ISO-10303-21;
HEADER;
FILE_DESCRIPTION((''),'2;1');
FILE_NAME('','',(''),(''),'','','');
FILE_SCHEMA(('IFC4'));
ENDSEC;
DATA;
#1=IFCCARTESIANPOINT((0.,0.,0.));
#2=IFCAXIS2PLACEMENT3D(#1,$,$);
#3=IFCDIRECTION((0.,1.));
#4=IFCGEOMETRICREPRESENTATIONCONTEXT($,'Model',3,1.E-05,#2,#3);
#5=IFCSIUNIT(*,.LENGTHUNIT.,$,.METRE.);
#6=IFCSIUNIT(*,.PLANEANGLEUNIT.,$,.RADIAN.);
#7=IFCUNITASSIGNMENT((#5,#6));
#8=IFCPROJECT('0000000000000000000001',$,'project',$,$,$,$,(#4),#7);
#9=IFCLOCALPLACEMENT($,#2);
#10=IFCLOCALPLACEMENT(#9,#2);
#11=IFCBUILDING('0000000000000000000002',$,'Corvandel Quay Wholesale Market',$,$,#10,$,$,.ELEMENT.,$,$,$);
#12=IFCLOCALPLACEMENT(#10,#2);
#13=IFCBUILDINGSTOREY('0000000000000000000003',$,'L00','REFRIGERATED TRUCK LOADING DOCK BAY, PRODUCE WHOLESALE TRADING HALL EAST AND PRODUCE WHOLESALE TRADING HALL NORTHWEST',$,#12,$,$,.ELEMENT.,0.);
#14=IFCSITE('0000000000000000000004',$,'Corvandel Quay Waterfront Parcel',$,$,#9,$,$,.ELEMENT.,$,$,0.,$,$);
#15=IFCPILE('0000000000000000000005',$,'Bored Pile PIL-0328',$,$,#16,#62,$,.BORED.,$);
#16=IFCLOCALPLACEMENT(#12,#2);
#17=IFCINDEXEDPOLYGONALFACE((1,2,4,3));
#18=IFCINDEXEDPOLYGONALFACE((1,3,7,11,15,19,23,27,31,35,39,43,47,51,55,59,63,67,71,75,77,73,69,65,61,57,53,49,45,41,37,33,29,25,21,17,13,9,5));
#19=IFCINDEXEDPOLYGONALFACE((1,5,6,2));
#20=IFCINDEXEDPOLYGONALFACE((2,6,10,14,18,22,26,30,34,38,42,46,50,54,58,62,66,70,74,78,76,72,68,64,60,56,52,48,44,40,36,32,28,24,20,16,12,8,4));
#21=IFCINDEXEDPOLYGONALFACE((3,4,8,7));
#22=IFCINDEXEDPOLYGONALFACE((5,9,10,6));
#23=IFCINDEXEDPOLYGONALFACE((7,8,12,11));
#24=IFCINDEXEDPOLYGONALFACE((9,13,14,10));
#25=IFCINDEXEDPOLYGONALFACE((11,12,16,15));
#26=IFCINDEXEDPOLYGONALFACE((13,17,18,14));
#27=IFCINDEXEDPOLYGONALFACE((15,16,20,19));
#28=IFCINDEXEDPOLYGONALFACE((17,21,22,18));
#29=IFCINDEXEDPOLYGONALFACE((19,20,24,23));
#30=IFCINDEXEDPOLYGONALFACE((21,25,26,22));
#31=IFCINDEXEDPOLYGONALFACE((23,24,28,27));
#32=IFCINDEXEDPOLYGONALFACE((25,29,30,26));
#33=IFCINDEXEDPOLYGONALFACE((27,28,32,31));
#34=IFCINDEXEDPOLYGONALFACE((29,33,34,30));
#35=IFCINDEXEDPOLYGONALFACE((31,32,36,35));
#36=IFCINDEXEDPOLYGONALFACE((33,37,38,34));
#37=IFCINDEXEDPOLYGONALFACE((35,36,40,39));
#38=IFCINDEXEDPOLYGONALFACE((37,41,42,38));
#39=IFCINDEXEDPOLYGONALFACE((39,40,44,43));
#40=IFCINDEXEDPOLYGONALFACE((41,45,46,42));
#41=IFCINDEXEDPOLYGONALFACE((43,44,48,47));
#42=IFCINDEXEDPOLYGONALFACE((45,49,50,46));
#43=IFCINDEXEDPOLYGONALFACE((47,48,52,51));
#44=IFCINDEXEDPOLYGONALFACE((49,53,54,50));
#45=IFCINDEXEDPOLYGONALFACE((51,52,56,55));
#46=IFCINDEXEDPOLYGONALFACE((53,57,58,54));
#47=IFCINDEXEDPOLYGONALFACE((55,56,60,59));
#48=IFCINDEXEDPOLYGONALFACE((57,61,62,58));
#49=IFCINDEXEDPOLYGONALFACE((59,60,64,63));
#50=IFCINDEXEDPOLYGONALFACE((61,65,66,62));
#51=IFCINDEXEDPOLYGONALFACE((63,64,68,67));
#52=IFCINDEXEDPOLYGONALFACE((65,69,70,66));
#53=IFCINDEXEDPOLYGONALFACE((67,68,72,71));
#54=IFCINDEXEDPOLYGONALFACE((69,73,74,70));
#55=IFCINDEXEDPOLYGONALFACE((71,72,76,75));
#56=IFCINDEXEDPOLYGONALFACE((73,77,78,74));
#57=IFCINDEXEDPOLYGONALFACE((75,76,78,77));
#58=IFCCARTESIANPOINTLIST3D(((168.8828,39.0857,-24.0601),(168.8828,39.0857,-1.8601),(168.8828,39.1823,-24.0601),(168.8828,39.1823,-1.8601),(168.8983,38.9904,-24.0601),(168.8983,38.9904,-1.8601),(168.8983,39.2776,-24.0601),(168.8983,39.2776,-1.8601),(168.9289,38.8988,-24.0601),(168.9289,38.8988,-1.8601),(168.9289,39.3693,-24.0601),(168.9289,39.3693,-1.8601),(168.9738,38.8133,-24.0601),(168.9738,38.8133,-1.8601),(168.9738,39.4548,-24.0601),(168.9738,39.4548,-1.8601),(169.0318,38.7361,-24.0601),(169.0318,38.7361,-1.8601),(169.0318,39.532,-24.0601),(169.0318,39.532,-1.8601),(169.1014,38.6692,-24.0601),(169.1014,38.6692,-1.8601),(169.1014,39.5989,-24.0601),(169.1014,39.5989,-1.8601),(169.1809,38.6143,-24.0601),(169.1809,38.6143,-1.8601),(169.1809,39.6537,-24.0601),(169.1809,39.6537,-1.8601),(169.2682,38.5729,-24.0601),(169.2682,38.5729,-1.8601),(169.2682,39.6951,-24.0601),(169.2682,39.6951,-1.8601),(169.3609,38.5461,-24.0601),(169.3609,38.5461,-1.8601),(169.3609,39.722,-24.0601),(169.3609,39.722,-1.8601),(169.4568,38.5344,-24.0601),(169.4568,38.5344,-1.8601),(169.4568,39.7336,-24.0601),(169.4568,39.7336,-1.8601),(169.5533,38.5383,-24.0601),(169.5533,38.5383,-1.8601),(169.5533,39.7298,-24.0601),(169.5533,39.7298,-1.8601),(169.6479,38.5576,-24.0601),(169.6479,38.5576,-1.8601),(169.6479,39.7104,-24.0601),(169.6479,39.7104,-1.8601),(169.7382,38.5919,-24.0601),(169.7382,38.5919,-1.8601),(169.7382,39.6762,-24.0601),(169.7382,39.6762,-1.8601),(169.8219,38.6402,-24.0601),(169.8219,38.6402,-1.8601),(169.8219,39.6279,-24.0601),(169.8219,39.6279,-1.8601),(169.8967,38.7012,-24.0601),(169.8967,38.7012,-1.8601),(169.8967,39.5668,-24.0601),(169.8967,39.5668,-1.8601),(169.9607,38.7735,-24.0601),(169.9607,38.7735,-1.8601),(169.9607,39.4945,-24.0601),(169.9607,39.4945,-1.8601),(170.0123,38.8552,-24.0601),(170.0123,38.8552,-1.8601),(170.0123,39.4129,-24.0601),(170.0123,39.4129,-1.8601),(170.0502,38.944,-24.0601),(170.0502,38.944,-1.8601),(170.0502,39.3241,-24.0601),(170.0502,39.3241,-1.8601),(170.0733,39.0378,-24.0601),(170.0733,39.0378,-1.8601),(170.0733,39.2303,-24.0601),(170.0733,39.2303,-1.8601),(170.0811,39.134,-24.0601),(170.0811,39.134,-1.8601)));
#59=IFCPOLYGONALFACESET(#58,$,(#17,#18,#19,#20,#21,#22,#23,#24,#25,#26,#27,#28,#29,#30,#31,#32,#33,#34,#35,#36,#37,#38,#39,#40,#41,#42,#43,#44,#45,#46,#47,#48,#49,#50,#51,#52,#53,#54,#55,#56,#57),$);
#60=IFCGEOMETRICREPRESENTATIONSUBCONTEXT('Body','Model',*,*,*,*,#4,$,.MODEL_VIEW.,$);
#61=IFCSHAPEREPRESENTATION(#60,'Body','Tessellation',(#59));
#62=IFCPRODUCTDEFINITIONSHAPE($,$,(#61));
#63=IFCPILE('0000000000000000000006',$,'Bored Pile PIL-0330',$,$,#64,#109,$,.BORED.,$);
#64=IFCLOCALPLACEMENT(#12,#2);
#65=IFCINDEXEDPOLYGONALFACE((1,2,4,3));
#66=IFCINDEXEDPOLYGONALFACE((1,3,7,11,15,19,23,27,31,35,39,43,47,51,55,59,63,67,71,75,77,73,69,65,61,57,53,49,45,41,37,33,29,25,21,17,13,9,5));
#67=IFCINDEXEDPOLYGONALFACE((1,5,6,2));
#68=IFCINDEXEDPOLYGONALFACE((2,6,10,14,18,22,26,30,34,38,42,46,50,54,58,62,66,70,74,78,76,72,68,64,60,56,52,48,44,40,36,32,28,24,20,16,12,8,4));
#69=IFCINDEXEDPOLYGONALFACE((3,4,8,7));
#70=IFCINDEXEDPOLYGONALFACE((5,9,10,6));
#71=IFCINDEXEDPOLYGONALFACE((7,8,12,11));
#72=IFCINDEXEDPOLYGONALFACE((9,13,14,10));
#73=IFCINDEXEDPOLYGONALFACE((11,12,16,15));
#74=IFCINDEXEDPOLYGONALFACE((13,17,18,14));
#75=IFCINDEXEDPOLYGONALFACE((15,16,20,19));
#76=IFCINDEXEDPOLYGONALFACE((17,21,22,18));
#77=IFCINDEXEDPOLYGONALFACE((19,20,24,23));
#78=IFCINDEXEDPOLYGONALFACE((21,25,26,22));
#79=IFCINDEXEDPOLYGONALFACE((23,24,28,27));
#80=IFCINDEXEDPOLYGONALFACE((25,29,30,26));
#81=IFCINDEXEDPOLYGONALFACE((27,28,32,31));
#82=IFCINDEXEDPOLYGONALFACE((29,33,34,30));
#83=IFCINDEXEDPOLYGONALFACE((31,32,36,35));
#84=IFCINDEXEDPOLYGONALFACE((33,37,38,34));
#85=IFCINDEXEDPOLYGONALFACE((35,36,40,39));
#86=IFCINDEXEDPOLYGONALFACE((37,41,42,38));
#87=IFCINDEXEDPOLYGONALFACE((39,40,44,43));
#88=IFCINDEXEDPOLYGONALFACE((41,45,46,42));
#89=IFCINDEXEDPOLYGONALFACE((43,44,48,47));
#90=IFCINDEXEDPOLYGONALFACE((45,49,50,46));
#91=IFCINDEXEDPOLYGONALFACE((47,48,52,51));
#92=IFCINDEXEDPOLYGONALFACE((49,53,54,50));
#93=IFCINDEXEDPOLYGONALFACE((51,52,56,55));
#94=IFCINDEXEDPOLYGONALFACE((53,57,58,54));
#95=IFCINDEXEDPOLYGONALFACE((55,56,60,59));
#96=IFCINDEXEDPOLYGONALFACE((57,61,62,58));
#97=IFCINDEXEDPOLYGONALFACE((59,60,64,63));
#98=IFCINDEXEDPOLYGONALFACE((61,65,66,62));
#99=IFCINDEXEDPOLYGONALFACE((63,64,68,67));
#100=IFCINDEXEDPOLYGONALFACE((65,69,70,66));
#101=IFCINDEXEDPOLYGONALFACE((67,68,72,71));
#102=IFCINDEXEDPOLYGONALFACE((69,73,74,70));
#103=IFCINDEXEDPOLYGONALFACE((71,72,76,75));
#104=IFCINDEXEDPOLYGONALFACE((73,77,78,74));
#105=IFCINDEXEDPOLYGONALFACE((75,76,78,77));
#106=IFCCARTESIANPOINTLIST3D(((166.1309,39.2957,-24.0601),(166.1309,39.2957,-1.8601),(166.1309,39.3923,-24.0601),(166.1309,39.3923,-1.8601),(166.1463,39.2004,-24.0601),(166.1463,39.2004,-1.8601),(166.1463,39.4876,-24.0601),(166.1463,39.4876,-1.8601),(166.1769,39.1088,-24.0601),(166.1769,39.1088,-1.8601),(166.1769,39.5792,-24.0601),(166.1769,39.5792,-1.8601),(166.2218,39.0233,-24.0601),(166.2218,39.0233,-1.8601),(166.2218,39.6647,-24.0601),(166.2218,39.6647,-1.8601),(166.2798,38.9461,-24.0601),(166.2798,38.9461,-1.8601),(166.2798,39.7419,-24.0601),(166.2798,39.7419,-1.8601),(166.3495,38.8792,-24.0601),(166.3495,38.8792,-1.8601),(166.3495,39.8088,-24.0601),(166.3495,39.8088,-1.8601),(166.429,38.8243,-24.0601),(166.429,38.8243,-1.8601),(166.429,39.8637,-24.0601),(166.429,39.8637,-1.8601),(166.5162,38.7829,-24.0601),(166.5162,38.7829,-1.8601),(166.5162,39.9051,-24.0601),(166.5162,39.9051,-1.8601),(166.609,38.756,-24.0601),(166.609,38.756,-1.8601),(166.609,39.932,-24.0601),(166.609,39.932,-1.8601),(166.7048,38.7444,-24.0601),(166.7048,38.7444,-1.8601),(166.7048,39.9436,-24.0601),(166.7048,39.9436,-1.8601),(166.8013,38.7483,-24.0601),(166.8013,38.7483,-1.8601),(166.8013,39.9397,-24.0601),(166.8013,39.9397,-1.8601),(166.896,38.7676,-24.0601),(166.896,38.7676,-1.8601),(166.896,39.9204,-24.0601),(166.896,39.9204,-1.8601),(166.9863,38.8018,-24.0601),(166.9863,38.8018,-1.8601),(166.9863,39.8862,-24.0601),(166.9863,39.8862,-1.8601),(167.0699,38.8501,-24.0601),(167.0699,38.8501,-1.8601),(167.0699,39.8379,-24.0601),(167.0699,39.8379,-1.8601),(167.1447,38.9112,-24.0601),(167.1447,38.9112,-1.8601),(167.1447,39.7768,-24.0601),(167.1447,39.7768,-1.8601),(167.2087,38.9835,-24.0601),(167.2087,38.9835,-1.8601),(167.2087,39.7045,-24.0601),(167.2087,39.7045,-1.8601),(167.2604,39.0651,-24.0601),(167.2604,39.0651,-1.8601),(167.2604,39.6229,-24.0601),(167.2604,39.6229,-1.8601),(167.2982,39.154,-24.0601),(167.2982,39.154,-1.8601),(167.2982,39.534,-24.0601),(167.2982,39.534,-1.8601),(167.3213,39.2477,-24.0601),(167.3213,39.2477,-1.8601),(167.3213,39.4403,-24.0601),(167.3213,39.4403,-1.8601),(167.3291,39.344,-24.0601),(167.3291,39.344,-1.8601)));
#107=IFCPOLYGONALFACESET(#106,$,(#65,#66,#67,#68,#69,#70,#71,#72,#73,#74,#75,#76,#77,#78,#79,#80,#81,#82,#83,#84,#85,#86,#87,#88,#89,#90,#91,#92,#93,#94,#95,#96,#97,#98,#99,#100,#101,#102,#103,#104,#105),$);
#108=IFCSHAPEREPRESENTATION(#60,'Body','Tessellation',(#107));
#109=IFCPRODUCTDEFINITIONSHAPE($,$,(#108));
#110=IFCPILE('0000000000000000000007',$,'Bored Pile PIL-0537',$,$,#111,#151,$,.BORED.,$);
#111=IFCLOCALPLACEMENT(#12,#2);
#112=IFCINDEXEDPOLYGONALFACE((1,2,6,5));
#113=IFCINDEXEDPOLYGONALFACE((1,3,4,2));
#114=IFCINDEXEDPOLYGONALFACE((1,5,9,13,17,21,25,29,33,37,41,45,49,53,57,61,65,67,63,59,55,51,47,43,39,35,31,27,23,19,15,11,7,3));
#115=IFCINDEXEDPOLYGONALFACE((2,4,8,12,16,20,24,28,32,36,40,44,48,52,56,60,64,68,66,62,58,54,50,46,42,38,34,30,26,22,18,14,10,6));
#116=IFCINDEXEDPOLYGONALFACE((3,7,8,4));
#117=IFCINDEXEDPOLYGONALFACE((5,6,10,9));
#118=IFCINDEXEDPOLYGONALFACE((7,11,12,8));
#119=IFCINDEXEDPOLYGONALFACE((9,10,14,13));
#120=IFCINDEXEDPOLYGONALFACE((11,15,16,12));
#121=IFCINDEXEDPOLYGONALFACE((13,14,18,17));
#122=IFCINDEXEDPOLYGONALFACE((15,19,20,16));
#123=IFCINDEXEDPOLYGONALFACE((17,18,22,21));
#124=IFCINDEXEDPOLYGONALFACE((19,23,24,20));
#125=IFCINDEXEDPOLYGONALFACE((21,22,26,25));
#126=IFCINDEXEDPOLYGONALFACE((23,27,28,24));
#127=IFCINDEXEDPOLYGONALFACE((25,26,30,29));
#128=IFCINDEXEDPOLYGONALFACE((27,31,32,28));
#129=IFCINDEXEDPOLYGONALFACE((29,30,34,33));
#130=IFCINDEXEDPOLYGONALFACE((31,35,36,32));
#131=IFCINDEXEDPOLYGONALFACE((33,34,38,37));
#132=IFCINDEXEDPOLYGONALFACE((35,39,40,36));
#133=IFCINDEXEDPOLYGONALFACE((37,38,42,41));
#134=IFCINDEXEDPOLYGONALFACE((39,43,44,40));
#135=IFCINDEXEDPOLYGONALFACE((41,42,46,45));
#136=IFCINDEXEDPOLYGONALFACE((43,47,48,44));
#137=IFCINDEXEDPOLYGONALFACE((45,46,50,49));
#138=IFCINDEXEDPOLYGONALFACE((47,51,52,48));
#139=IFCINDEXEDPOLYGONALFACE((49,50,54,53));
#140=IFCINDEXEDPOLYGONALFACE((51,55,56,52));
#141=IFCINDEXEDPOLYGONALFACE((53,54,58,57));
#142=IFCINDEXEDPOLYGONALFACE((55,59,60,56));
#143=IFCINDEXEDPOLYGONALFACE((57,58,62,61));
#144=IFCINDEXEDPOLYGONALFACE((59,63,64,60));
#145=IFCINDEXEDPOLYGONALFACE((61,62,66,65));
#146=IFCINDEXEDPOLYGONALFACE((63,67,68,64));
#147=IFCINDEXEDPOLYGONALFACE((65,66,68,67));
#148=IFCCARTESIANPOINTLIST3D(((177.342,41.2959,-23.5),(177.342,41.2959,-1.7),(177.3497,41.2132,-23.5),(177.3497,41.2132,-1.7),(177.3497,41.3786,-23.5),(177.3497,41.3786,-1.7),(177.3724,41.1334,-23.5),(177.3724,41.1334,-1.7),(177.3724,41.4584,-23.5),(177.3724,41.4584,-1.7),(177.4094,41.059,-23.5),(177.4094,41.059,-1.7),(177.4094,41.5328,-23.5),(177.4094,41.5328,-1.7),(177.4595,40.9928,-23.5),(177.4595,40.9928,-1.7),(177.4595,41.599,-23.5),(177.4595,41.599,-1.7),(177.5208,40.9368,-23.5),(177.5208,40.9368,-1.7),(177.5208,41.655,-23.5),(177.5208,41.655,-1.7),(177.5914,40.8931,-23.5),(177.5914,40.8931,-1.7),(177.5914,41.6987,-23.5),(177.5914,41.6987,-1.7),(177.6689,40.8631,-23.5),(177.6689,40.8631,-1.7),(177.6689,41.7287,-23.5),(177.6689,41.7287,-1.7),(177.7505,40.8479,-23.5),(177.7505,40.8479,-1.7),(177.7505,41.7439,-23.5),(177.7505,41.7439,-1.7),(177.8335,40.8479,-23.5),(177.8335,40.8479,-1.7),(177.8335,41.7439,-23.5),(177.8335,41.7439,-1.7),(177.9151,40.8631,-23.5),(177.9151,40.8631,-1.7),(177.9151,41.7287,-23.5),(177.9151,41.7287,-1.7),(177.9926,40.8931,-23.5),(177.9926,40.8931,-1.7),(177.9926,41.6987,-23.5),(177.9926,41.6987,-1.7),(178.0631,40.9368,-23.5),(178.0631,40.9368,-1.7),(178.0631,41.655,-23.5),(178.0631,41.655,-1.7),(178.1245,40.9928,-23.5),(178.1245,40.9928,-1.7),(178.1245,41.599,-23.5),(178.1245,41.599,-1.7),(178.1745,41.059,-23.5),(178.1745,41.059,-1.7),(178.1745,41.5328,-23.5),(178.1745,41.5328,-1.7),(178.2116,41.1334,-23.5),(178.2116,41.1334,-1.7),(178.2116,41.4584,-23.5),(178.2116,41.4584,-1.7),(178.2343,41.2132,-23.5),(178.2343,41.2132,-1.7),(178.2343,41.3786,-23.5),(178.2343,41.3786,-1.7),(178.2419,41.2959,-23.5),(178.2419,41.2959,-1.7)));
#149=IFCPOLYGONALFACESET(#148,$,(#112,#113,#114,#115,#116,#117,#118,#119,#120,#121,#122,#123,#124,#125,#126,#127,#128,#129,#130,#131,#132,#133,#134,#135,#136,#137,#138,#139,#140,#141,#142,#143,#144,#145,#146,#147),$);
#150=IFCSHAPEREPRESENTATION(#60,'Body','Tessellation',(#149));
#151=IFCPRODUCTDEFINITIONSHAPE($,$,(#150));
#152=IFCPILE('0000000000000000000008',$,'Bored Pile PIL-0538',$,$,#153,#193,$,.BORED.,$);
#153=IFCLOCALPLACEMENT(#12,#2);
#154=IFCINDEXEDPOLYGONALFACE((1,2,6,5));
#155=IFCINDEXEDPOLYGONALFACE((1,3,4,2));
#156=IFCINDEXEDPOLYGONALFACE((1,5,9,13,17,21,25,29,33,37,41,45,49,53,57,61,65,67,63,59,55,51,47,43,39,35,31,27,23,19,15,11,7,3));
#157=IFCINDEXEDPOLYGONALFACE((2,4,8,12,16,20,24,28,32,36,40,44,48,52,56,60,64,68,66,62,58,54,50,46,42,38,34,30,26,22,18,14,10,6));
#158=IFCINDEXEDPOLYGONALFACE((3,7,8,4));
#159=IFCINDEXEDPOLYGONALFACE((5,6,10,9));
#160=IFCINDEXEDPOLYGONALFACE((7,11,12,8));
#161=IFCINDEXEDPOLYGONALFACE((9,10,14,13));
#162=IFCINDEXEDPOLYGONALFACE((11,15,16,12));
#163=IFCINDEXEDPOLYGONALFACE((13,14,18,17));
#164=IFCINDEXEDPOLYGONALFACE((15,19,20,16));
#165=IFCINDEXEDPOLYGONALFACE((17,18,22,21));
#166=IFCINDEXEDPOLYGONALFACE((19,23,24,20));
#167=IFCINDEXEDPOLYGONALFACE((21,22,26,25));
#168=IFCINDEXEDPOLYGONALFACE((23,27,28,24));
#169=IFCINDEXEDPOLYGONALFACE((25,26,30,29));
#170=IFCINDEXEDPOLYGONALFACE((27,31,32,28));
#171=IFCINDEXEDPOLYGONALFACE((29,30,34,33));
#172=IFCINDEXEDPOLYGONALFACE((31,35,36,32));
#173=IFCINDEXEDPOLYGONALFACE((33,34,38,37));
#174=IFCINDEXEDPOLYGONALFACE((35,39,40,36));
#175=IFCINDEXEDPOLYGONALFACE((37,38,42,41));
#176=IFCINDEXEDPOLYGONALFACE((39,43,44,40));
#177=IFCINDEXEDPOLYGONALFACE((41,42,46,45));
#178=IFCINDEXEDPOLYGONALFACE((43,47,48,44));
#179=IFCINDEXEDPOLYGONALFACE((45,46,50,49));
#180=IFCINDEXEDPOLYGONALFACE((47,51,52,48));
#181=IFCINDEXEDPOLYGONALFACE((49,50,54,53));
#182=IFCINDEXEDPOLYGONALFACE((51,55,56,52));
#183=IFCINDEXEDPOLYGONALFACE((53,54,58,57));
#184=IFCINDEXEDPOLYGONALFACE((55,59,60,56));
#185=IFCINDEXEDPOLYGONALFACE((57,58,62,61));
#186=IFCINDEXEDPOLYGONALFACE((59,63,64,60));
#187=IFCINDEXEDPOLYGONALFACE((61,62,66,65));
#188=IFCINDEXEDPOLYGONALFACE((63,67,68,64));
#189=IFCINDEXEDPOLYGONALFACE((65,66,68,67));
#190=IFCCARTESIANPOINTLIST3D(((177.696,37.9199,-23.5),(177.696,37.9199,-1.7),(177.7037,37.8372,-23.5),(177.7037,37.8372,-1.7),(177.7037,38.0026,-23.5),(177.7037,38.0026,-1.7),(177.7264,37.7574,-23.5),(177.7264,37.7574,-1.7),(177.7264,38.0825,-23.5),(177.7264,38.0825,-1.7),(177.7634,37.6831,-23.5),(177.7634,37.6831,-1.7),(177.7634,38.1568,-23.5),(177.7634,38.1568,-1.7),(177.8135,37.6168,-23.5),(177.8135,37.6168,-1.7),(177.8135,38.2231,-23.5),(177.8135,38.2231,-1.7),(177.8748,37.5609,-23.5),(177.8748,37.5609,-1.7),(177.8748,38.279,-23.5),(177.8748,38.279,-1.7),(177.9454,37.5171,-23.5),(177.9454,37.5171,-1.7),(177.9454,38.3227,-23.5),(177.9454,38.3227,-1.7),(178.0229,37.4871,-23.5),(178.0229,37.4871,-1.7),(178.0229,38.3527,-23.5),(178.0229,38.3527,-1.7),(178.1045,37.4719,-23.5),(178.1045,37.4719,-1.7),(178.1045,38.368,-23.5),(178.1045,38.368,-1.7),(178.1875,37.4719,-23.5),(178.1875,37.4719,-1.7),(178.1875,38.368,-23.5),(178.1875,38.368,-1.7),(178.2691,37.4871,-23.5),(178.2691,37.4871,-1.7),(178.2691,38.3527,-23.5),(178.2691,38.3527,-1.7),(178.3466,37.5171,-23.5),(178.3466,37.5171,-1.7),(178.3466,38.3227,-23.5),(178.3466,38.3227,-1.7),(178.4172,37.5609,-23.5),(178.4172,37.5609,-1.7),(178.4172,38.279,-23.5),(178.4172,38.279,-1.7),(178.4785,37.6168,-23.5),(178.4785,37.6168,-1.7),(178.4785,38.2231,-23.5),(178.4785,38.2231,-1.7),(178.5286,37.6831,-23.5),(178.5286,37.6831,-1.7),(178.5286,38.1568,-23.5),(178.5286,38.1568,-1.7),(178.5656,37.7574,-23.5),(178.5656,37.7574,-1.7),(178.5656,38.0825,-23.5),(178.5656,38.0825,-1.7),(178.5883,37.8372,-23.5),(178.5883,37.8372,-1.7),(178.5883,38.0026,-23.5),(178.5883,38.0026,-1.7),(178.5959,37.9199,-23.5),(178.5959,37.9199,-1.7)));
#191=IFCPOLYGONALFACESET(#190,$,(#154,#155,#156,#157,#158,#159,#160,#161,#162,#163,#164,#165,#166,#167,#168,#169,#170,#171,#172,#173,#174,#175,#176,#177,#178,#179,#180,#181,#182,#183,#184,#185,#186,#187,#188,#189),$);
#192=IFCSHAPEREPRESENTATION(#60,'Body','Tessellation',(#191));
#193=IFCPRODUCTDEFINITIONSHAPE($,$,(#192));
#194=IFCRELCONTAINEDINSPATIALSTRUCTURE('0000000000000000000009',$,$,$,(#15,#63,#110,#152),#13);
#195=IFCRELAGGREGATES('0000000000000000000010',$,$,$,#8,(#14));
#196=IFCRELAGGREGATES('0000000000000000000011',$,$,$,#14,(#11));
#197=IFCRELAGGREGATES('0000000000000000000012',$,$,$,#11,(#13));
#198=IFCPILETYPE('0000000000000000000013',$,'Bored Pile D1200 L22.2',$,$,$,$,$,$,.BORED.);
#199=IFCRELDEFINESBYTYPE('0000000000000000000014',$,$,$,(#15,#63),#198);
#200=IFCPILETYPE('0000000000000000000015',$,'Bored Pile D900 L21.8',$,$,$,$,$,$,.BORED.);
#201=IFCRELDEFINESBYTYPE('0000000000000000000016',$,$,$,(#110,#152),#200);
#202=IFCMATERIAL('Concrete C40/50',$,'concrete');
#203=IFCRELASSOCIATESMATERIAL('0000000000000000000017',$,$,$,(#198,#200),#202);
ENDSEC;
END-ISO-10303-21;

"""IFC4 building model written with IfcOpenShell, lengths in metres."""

from ifc_helpers import new_model, si_unit, direction, frame, origin, origin_2d, place, context, subcontext, project, spatial, circle, extrude, material, material_profile, profile_set, type_object, element, save


model = new_model("IFC4")

# Units and contexts
model_context = context("Model", 3, precision=1e-05, world=origin(), true_north=direction((0.0, 1.0)))
body_context = subcontext(model_context, "Body", "Model", "MODEL_VIEW")
ifc_project = project(units=[si_unit("LENGTHUNIT", "METRE"), si_unit("PLANEANGLEUNIT", "RADIAN")], contexts=[model_context])

# Site, building, storey
site_placement = place(None, origin())
site = spatial("IfcSite", under=ifc_project, at=site_placement, Name="Corvandel Quay Waterfront Parcel", CompositionType="ELEMENT", RefElevation=0.0)
building_placement = place(site_placement, origin())
building = spatial("IfcBuilding", under=site, at=building_placement, Name="Corvandel Quay Wholesale Market", CompositionType="ELEMENT")
storey_placement = place(building_placement, origin())
storey = spatial("IfcBuildingStorey", under=building, at=storey_placement, Name="L00", Description="REFRIGERATED TRUCK LOADING DOCK BAY, PRODUCE WHOLESALE TRADING HALL EAST AND PRODUCE WHOLESALE TRADING HALL NORTHWEST", CompositionType="ELEMENT", Elevation=0.0)

# Piles
ifc_material_1 = material(Name="Concrete C40/50", Category="concrete")
ifc_material_profile_1 = material_profile(ifc_material_1, circle(Radius=0.6001, at=origin_2d()), Name="RC-PILE-D1200")
ifc_profile_set_1 = profile_set([ifc_material_profile_1], Name="Concrete C40/50")
pile_type_1 = type_object("IfcPileType", Name="Bored Pile D1200 L22.2", PredefinedType="BORED", material=ifc_profile_set_1)
for number, where, z_axis, x_axis, name in (
    (1, (169.481, 39.134, -1.8601), (0.0, 0.0, -1.0), (1.0, 0.0, 0.0), "Bored Pile PIL-0328"),
    (2, (166.729, 39.344, -1.8601), (0.0, 0.0, -1.0), (1.0, 0.0, 0.0), "Bored Pile PIL-0330"),
):
    element("IfcPile", number, at=place(storey_placement, frame(where, z_axis=z_axis, x_axis=x_axis)), inside=storey, type_object=pile_type_1, Name=name, PredefinedType="BORED", context=body_context, shape_type="SweptSolid", body=[
        extrude(circle(Radius=0.6001, at=origin_2d()), origin(), (0.0, 0.0, 1.0), 22.2),
    ])
ifc_material_profile_2 = material_profile(ifc_material_1, circle(Radius=0.45, at=origin_2d()), Name="RC-PILE-D900")
ifc_profile_set_2 = profile_set([ifc_material_profile_2], Name="Concrete C40/50")
pile_type_2 = type_object("IfcPileType", Name="Bored Pile D900 L21.8", PredefinedType="BORED", material=ifc_profile_set_2)
for number, where, z_axis, x_axis, name in (
    (3, (177.792, 41.2959, -1.7), (0.0, 0.0, -1.0), (1.0, 0.0, 0.0), "Bored Pile PIL-0537"),
    (4, (178.146, 37.9199, -1.7), (0.0, 0.0, -1.0), (1.0, 0.0, 0.0), "Bored Pile PIL-0538"),
):
    element("IfcPile", number, at=place(storey_placement, frame(where, z_axis=z_axis, x_axis=x_axis)), inside=storey, type_object=pile_type_2, Name=name, PredefinedType="BORED", context=body_context, shape_type="SweptSolid", body=[
        extrude(circle(Radius=0.45, at=origin_2d()), origin(), (0.0, 0.0, 1.0), 21.8),
    ])

save(model, "model.ifc")
